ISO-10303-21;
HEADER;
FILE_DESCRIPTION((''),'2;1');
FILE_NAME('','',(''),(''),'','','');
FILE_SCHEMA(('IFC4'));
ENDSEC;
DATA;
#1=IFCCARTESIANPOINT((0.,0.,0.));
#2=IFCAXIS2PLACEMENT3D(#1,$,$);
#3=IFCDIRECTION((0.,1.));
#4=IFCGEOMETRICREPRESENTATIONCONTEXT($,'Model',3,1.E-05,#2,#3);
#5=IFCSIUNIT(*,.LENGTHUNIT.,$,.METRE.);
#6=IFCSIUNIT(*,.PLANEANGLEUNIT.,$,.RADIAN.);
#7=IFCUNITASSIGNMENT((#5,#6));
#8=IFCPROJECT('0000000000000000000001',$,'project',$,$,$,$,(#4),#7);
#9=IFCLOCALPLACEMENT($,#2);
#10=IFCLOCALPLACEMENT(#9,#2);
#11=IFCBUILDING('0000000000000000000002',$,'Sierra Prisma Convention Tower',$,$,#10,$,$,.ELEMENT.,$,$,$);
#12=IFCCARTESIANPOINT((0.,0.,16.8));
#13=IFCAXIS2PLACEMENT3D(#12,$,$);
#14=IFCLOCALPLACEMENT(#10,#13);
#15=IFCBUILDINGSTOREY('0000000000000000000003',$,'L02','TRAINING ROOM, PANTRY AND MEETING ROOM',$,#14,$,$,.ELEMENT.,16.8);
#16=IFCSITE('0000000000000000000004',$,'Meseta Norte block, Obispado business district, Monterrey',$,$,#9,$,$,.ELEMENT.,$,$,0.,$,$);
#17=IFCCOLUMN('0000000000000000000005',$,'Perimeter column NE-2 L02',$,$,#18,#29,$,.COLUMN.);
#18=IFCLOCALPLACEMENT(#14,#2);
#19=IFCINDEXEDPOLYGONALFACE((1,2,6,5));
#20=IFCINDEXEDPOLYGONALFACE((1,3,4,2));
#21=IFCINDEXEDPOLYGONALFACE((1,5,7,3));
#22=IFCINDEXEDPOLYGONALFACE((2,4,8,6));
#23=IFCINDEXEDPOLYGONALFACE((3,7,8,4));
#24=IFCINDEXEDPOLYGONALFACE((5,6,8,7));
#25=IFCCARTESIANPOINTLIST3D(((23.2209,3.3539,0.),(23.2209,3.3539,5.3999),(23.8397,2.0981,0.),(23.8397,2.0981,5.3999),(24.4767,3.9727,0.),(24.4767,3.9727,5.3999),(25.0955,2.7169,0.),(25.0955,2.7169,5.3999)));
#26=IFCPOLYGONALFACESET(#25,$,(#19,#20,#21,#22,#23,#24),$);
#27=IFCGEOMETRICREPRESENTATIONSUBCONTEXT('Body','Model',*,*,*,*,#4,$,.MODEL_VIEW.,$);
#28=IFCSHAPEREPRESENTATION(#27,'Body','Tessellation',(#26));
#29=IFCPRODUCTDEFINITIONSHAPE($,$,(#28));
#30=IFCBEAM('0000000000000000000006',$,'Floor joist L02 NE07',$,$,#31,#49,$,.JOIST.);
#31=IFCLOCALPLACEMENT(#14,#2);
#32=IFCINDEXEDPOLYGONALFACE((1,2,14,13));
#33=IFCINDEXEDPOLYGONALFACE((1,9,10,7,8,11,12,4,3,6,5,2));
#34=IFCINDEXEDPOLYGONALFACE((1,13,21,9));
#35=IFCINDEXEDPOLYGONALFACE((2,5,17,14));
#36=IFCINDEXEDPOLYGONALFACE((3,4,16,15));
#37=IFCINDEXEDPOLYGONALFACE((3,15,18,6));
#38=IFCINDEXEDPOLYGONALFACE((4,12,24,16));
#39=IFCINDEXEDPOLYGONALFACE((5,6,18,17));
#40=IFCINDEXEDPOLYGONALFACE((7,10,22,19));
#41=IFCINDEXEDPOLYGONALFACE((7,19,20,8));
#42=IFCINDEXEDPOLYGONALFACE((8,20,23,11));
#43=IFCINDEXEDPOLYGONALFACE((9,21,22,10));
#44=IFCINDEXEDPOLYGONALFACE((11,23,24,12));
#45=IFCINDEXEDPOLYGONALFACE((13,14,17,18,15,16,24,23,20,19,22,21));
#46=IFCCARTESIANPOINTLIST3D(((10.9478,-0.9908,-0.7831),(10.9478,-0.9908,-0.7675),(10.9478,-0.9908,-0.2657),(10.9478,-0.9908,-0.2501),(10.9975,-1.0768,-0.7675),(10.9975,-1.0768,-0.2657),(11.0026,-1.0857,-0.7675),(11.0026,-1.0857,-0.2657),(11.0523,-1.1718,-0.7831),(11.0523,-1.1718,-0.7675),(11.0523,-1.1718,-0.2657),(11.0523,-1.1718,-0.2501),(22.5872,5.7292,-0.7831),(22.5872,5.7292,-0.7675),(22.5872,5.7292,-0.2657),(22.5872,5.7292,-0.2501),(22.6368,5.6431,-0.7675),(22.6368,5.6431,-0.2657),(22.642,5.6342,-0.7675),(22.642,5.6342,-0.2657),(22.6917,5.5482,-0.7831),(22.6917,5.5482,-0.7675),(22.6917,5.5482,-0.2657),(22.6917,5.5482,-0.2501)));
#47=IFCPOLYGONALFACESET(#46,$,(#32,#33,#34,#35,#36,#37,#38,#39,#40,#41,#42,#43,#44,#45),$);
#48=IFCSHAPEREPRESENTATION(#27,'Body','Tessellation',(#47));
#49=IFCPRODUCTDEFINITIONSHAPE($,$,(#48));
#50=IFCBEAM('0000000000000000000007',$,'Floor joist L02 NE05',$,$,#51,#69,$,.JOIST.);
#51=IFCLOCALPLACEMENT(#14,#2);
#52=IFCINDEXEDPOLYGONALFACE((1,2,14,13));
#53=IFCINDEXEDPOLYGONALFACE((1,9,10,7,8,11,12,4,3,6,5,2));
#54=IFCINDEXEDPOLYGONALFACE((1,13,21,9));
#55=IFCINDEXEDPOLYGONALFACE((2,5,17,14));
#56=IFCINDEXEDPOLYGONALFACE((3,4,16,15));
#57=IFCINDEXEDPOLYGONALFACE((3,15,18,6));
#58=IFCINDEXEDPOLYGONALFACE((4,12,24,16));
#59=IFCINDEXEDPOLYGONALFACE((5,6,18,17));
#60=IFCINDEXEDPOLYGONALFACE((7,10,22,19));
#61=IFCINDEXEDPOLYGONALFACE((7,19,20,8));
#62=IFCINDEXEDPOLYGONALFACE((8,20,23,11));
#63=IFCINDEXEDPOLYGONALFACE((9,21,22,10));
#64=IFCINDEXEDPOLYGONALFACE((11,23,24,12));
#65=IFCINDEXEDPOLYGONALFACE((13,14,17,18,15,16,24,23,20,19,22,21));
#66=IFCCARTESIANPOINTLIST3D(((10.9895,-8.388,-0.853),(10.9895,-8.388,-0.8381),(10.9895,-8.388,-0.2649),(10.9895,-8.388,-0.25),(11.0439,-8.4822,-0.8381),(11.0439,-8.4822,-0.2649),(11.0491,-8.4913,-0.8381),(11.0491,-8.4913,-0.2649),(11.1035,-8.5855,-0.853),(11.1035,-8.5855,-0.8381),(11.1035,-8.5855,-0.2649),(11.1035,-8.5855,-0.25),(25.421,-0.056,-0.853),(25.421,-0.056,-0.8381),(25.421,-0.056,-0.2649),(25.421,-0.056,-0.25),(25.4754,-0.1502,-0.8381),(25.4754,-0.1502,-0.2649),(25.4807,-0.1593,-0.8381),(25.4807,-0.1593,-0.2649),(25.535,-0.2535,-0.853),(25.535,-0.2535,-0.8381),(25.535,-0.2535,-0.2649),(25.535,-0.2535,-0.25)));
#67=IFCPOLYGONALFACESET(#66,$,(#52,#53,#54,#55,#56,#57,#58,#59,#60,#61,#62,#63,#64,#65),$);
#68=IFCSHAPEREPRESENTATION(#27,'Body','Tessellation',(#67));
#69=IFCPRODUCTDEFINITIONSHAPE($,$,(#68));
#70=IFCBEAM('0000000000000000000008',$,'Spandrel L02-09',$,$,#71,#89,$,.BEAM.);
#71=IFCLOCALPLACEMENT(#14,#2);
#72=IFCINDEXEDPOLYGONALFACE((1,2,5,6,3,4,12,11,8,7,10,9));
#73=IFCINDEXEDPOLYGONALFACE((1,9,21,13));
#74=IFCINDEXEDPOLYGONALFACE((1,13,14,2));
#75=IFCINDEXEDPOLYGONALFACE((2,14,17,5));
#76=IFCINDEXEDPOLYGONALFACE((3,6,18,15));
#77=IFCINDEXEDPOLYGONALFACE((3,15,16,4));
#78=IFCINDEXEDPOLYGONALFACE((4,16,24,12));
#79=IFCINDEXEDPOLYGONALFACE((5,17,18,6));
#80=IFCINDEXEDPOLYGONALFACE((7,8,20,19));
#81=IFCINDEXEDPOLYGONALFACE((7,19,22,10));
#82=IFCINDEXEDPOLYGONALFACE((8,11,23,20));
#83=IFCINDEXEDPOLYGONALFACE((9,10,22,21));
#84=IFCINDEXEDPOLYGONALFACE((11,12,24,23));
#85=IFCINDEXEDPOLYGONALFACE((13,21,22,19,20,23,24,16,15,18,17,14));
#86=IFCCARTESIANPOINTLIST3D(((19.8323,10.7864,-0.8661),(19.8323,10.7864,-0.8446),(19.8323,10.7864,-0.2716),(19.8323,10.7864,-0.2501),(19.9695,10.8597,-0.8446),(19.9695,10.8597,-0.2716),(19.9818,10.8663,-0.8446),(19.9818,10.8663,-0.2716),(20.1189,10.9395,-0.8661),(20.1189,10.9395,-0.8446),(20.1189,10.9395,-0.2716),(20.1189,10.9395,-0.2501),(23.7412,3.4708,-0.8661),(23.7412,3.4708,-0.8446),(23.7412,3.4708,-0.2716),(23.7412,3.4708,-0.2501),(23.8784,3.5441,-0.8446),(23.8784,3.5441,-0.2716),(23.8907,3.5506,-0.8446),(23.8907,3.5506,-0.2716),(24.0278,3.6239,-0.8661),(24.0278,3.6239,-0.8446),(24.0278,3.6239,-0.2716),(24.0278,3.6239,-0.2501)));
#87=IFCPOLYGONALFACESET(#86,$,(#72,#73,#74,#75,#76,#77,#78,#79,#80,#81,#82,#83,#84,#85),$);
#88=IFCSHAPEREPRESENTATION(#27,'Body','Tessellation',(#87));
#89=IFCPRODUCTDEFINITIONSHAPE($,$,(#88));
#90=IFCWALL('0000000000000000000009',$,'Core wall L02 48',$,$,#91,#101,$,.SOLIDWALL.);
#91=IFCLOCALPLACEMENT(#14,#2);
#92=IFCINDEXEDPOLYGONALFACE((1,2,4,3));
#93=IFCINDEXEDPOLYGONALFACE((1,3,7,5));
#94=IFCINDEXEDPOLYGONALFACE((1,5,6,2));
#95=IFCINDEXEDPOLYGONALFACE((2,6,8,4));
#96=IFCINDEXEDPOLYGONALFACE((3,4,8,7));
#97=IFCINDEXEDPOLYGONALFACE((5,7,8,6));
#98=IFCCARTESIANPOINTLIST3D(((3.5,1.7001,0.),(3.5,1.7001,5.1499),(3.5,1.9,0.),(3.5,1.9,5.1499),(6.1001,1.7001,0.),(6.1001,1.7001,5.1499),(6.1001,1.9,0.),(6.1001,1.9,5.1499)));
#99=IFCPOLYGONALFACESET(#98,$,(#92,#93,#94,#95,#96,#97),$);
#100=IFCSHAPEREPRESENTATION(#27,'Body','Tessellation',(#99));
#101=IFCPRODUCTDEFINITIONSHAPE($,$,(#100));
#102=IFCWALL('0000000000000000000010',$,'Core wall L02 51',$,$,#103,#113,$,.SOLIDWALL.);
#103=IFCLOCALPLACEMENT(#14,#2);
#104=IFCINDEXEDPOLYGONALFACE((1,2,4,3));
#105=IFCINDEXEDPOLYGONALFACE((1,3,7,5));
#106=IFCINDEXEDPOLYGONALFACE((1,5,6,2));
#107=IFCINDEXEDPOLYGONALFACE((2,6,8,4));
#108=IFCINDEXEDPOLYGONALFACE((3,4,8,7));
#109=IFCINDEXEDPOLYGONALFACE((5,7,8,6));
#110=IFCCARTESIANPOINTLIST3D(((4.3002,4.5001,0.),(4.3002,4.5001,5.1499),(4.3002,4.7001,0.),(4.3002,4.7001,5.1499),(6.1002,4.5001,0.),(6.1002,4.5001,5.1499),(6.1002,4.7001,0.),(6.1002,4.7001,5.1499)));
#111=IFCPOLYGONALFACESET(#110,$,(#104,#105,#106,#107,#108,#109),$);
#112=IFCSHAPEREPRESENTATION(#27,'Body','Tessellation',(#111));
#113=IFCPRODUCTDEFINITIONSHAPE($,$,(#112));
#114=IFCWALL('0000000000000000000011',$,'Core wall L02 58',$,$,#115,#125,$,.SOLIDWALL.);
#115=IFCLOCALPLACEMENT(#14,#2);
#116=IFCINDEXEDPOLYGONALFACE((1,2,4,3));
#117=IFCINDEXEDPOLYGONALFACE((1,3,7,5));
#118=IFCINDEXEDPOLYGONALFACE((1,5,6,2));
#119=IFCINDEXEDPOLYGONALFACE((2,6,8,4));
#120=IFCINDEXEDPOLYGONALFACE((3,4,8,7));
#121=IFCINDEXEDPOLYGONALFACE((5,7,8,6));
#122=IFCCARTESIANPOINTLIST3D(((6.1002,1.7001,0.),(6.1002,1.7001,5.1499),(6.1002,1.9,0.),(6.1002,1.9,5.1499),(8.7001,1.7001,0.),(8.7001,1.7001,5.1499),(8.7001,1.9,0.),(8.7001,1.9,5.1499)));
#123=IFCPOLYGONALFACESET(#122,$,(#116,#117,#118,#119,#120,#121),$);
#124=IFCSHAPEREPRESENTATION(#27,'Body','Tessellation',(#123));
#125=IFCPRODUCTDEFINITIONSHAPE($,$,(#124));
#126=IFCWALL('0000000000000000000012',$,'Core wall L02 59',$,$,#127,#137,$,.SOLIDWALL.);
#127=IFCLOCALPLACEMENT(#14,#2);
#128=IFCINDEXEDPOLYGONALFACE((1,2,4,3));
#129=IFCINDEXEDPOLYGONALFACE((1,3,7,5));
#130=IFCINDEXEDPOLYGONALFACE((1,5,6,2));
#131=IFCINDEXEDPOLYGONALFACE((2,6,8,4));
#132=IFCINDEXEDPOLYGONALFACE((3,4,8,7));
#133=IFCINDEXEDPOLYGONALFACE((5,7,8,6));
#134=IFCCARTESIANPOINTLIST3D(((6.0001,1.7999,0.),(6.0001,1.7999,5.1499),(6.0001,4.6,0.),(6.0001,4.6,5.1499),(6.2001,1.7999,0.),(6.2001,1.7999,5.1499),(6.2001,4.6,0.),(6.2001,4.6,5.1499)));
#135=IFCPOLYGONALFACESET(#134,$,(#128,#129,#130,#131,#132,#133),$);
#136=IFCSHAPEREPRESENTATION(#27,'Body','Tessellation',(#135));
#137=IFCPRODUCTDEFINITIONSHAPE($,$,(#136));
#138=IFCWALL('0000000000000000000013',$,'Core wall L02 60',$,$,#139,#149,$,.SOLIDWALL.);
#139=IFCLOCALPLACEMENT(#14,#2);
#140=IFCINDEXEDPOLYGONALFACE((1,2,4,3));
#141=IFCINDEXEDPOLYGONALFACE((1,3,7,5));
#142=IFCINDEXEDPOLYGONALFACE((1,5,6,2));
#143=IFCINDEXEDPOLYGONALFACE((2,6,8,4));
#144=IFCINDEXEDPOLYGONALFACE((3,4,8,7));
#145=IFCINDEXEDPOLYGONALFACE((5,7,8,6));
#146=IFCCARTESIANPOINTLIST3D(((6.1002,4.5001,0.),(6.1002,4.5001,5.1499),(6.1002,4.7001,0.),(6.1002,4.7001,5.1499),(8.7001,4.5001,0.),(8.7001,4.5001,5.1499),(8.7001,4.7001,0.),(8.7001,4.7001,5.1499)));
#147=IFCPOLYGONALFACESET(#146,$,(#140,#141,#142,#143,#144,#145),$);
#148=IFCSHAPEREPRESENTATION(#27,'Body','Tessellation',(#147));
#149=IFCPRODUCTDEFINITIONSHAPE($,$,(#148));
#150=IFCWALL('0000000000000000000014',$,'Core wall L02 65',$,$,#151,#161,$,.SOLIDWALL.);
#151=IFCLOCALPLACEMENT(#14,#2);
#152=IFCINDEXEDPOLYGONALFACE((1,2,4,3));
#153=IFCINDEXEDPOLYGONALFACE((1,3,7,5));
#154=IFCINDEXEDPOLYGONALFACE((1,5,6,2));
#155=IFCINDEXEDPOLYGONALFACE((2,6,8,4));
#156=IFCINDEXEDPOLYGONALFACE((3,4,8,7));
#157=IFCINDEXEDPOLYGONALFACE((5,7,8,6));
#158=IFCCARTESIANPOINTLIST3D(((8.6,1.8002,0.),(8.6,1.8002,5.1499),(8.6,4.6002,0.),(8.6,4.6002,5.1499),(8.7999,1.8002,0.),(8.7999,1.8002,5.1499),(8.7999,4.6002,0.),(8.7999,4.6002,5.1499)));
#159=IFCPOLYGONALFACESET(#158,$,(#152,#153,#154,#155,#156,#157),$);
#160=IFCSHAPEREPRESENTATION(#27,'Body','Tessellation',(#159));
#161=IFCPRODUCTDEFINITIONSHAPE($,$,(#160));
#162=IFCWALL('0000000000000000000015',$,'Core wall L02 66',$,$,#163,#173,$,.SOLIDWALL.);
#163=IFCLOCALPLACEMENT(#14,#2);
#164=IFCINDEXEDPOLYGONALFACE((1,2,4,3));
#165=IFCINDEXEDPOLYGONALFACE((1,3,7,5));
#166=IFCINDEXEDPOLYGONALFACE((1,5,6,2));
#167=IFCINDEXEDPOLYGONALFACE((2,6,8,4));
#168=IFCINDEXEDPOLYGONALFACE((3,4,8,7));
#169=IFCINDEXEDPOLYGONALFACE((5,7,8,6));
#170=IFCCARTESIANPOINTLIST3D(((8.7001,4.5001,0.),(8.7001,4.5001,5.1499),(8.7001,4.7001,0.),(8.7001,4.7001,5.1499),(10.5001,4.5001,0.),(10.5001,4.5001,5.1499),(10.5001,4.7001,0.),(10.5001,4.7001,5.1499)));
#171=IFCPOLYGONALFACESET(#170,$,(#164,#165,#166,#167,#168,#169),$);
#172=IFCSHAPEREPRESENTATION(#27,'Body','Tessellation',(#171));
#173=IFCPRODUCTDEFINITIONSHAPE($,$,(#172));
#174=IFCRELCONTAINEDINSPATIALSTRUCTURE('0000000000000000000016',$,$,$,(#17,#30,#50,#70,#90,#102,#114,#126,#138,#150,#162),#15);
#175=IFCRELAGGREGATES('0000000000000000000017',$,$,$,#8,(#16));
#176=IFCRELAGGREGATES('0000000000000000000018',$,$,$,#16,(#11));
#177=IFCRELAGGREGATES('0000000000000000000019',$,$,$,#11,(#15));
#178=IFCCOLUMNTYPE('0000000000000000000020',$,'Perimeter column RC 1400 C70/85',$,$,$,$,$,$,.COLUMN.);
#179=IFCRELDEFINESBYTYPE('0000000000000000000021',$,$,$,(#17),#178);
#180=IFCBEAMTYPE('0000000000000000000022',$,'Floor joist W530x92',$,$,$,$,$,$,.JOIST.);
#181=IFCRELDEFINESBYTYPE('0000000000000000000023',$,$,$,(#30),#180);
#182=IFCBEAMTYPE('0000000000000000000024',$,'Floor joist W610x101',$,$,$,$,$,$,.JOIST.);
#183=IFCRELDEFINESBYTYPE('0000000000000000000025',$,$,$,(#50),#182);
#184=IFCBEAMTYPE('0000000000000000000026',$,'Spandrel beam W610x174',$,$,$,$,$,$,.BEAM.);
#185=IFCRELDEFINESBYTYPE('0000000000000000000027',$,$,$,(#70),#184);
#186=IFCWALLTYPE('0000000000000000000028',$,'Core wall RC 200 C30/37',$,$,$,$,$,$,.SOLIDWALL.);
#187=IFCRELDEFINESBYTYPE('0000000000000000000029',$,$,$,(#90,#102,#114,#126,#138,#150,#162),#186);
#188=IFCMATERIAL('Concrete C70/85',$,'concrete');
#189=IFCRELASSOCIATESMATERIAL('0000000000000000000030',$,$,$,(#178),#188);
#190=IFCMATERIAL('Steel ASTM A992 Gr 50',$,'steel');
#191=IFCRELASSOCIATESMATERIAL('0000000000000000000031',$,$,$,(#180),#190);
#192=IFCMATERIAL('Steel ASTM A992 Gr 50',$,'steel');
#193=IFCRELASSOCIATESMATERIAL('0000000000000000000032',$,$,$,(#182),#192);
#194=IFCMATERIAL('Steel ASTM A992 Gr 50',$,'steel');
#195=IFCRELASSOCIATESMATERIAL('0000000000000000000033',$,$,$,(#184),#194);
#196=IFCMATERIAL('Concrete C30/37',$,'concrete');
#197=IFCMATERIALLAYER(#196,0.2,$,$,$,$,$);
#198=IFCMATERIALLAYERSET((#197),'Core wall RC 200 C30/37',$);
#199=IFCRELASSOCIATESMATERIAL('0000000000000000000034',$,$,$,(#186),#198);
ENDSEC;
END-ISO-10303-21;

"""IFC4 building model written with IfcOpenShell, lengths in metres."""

from ifc_helpers import new_model, si_unit, direction, frame, frame_2d, origin, origin_2d, place, context, subcontext, project, spatial, rectangle, i_section, extrude, material, layer, layer_set, material_profile, profile_set, type_object, element, save


model = new_model("IFC4")

# Units and contexts
model_context = context("Model", 3, precision=1e-05, world=origin(), true_north=direction((0.0, 1.0)))
body_context = subcontext(model_context, "Body", "Model", "MODEL_VIEW")
ifc_project = project(units=[si_unit("LENGTHUNIT", "METRE"), si_unit("PLANEANGLEUNIT", "RADIAN")], contexts=[model_context])

# Site, building, storey
site_placement = place(None, origin())
site = spatial("IfcSite", under=ifc_project, at=site_placement, Name="Meseta Norte block, Obispado business district, Monterrey", CompositionType="ELEMENT", RefElevation=0.0)
building_placement = place(site_placement, origin())
building = spatial("IfcBuilding", under=site, at=building_placement, Name="Sierra Prisma Convention Tower", CompositionType="ELEMENT")
storey_placement = place(building_placement, frame((0.0, 0.0, 16.8)))
storey = spatial("IfcBuildingStorey", under=building, at=storey_placement, Name="L02", Description="TRAINING ROOM, PANTRY AND MEETING ROOM", CompositionType="ELEMENT", Elevation=16.8)

# Column
ifc_material_1 = material(Name="Concrete C70/85", Category="concrete")
ifc_material_profile_1 = material_profile(ifc_material_1, rectangle(XDim=1.3999, YDim=1.3999, at=origin_2d()), Name="Perimeter column RC 1400 C70/85")
ifc_profile_set_1 = profile_set([ifc_material_profile_1], Name="Concrete C70/85")
column_type = type_object("IfcColumnType", Name="Perimeter column RC 1400 C70/85", PredefinedType="COLUMN", material=ifc_profile_set_1)
column_placement = place(storey_placement, frame((24.1582, 3.0354, 0.0), z_axis=(0.0, 0.0, 1.0), x_axis=(-0.442023, 0.897004, 0.0)))
element("IfcColumn", 1, at=column_placement, inside=storey, type_object=column_type, Name="Perimeter column NE-2 L02", PredefinedType="COLUMN", context=body_context, shape_type="SweptSolid", body=[
    extrude(rectangle(XDim=1.3999, YDim=1.3999, at=origin_2d()), origin(), (0.0, 0.0, 1.0), 5.3999),
])

# Beams
ifc_material_2 = material(Name="Steel ASTM A992 Gr 50", Category="steel")
ifc_material_profile_2 = material_profile(ifc_material_2, i_section(OverallWidth=0.209, OverallDepth=0.533, WebThickness=0.0103, FlangeThickness=0.0156, at=origin_2d()), Name="W530x92")
ifc_profile_set_2 = profile_set([ifc_material_profile_2], Name="Steel ASTM A992 Gr 50")
beam_type_1 = type_object("IfcBeamType", Name="Floor joist W530x92", PredefinedType="JOIST", material=ifc_profile_set_2)
beam_1_placement = place(storey_placement, frame((22.6394, 5.6387, -0.5166), z_axis=(-0.866027, -0.499998, 0.0), x_axis=(0.499998, -0.866027, 0.0)))
element("IfcBeam", 2, at=beam_1_placement, inside=storey, type_object=beam_type_1, Name="Floor joist L02 NE07", PredefinedType="JOIST", context=body_context, shape_type="SweptSolid", body=[
    extrude(i_section(OverallWidth=0.209, OverallDepth=0.533, WebThickness=0.0103, FlangeThickness=0.0156, at=origin_2d()), origin(), (0.0, 0.0, 1.0), 13.4399),
])
ifc_material_3 = material(Name="Steel ASTM A992 Gr 50", Category="steel")
ifc_material_profile_3 = material_profile(ifc_material_3, i_section(OverallWidth=0.228, OverallDepth=0.603, WebThickness=0.0105, FlangeThickness=0.0149, at=origin_2d()), Name="W610x101")
ifc_profile_set_3 = profile_set([ifc_material_profile_3], Name="Steel ASTM A992 Gr 50")
beam_type_2 = type_object("IfcBeamType", Name="Floor joist W610x101", PredefinedType="JOIST", material=ifc_profile_set_3)
beam_2_placement = place(storey_placement, frame((25.478, -0.1548, -0.5515), z_axis=(-0.866027, -0.499996, 0.0), x_axis=(0.499996, -0.866027, 0.0)))
element("IfcBeam", 3, at=beam_2_placement, inside=storey, type_object=beam_type_2, Name="Floor joist L02 NE05", PredefinedType="JOIST", context=body_context, shape_type="SweptSolid", body=[
    extrude(i_section(OverallWidth=0.228, OverallDepth=0.603, WebThickness=0.0105, FlangeThickness=0.0149, at=origin_2d()), origin(), (0.0, 0.0, 1.0), 16.6641),
])
ifc_material_4 = material(Name="Steel ASTM A992 Gr 50", Category="steel")
ifc_material_profile_4 = material_profile(ifc_material_4, i_section(OverallWidth=0.325, OverallDepth=0.616, WebThickness=0.0139, FlangeThickness=0.0215, at=origin_2d()), Name="W610x174")
ifc_profile_set_4 = profile_set([ifc_material_profile_4], Name="Steel ASTM A992 Gr 50")
beam_type_3 = type_object("IfcBeamType", Name="Spandrel beam W610x174", PredefinedType="BEAM", material=ifc_profile_set_4)
beam_3_placement = place(storey_placement, frame((23.8845, 3.5474, -0.5581), z_axis=(-0.471268, 0.88199, 0.0), x_axis=(-0.88199, -0.471268, 0.0)))
element("IfcBeam", 4, at=beam_3_placement, inside=storey, type_object=beam_type_3, Name="Spandrel L02-09", PredefinedType="BEAM", context=body_context, shape_type="SweptSolid", body=[
    extrude(i_section(OverallWidth=0.325, OverallDepth=0.616, WebThickness=0.0139, FlangeThickness=0.0215, at=origin_2d()), origin(), (0.0, 0.0, 1.0), 8.2944),
])

# Walls
ifc_material_5 = material(Name="Concrete C30/37", Category="concrete")
ifc_layer_1 = layer(ifc_material_5, 0.2)
ifc_layer_set_1 = layer_set([ifc_layer_1], Name="Core wall RC 200 C30/37")
wall_type_1 = type_object("IfcWallType", Name="Core wall RC 200 C30/37", PredefinedType="SOLIDWALL", material=ifc_layer_set_1)
wall_1_placement = place(storey_placement, frame((6.1001, 1.8, 0.0), z_axis=(0.0, 0.0, 1.0), x_axis=(-1.0, 0.0, 0.0)))
element("IfcWall", 5, at=wall_1_placement, inside=storey, type_object=wall_type_1, Name="Core wall L02 48", PredefinedType="SOLIDWALL", context=body_context, shape_type="SweptSolid", body=[
    extrude(rectangle(XDim=2.6001, YDim=0.2, at=frame_2d((1.3, 0.0))), origin(), (0.0, 0.0, 1.0), 5.1499),
])
wall_2_placement = place(storey_placement, frame((6.1001, 4.6001, 0.0), z_axis=(0.0, 0.0, 1.0), x_axis=(-1.0, 0.0, 0.0)))
element("IfcWall", 6, at=wall_2_placement, inside=storey, type_object=wall_type_1, Name="Core wall L02 51", PredefinedType="SOLIDWALL", context=body_context, shape_type="SweptSolid", body=[
    extrude(rectangle(XDim=1.8, YDim=0.2, at=frame_2d((0.8999, 0.0))), origin(), (0.0, 0.0, 1.0), 5.1499),
])
wall_3_placement = place(storey_placement, frame((8.7, 1.8, 0.0), z_axis=(0.0, 0.0, 1.0), x_axis=(-1.0, 0.0, 0.0)))
element("IfcWall", 7, at=wall_3_placement, inside=storey, type_object=wall_type_1, Name="Core wall L02 58", PredefinedType="SOLIDWALL", context=body_context, shape_type="SweptSolid", body=[
    extrude(rectangle(XDim=2.5999, YDim=0.2, at=frame_2d((1.2998, 0.0))), origin(), (0.0, 0.0, 1.0), 5.1499),
])
wall_4_placement = place(storey_placement, frame((6.1001, 1.8, 0.0), z_axis=(0.0, 0.0, 1.0), x_axis=(0.0, 1.0, 0.0)))
element("IfcWall", 8, at=wall_4_placement, inside=storey, type_object=wall_type_1, Name="Core wall L02 59", PredefinedType="SOLIDWALL", context=body_context, shape_type="SweptSolid", body=[
    extrude(rectangle(XDim=2.8, YDim=0.2, at=frame_2d((1.3999, 0.0))), origin(), (0.0, 0.0, 1.0), 5.1499),
])
wall_5_placement = place(storey_placement, frame((8.7, 4.6001, 0.0), z_axis=(0.0, 0.0, 1.0), x_axis=(-1.0, 0.0, 0.0)))
element("IfcWall", 9, at=wall_5_placement, inside=storey, type_object=wall_type_1, Name="Core wall L02 60", PredefinedType="SOLIDWALL", context=body_context, shape_type="SweptSolid", body=[
    extrude(rectangle(XDim=2.5999, YDim=0.2, at=frame_2d((1.2998, 0.0))), origin(), (0.0, 0.0, 1.0), 5.1499),
])

# Walls
wall_6_placement = place(storey_placement, frame((8.7, 4.6001, 0.0), z_axis=(0.0, 0.0, 1.0), x_axis=(0.0, -1.0, 0.0)))
element("IfcWall", 10, at=wall_6_placement, inside=storey, type_object=wall_type_1, Name="Core wall L02 65", PredefinedType="SOLIDWALL", context=body_context, shape_type="SweptSolid", body=[
    extrude(rectangle(XDim=2.8, YDim=0.2, at=frame_2d((1.3999, 0.0))), origin(), (0.0, 0.0, 1.0), 5.1499),
])
wall_7_placement = place(storey_placement, frame((10.5, 4.6001, 0.0), z_axis=(0.0, 0.0, 1.0), x_axis=(-1.0, 0.0, 0.0)))
element("IfcWall", 11, at=wall_7_placement, inside=storey, type_object=wall_type_1, Name="Core wall L02 66", PredefinedType="SOLIDWALL", context=body_context, shape_type="SweptSolid", body=[
    extrude(rectangle(XDim=1.8, YDim=0.2, at=frame_2d((0.8999, 0.0))), origin(), (0.0, 0.0, 1.0), 5.1499),
])

save(model, "model.ifc")
